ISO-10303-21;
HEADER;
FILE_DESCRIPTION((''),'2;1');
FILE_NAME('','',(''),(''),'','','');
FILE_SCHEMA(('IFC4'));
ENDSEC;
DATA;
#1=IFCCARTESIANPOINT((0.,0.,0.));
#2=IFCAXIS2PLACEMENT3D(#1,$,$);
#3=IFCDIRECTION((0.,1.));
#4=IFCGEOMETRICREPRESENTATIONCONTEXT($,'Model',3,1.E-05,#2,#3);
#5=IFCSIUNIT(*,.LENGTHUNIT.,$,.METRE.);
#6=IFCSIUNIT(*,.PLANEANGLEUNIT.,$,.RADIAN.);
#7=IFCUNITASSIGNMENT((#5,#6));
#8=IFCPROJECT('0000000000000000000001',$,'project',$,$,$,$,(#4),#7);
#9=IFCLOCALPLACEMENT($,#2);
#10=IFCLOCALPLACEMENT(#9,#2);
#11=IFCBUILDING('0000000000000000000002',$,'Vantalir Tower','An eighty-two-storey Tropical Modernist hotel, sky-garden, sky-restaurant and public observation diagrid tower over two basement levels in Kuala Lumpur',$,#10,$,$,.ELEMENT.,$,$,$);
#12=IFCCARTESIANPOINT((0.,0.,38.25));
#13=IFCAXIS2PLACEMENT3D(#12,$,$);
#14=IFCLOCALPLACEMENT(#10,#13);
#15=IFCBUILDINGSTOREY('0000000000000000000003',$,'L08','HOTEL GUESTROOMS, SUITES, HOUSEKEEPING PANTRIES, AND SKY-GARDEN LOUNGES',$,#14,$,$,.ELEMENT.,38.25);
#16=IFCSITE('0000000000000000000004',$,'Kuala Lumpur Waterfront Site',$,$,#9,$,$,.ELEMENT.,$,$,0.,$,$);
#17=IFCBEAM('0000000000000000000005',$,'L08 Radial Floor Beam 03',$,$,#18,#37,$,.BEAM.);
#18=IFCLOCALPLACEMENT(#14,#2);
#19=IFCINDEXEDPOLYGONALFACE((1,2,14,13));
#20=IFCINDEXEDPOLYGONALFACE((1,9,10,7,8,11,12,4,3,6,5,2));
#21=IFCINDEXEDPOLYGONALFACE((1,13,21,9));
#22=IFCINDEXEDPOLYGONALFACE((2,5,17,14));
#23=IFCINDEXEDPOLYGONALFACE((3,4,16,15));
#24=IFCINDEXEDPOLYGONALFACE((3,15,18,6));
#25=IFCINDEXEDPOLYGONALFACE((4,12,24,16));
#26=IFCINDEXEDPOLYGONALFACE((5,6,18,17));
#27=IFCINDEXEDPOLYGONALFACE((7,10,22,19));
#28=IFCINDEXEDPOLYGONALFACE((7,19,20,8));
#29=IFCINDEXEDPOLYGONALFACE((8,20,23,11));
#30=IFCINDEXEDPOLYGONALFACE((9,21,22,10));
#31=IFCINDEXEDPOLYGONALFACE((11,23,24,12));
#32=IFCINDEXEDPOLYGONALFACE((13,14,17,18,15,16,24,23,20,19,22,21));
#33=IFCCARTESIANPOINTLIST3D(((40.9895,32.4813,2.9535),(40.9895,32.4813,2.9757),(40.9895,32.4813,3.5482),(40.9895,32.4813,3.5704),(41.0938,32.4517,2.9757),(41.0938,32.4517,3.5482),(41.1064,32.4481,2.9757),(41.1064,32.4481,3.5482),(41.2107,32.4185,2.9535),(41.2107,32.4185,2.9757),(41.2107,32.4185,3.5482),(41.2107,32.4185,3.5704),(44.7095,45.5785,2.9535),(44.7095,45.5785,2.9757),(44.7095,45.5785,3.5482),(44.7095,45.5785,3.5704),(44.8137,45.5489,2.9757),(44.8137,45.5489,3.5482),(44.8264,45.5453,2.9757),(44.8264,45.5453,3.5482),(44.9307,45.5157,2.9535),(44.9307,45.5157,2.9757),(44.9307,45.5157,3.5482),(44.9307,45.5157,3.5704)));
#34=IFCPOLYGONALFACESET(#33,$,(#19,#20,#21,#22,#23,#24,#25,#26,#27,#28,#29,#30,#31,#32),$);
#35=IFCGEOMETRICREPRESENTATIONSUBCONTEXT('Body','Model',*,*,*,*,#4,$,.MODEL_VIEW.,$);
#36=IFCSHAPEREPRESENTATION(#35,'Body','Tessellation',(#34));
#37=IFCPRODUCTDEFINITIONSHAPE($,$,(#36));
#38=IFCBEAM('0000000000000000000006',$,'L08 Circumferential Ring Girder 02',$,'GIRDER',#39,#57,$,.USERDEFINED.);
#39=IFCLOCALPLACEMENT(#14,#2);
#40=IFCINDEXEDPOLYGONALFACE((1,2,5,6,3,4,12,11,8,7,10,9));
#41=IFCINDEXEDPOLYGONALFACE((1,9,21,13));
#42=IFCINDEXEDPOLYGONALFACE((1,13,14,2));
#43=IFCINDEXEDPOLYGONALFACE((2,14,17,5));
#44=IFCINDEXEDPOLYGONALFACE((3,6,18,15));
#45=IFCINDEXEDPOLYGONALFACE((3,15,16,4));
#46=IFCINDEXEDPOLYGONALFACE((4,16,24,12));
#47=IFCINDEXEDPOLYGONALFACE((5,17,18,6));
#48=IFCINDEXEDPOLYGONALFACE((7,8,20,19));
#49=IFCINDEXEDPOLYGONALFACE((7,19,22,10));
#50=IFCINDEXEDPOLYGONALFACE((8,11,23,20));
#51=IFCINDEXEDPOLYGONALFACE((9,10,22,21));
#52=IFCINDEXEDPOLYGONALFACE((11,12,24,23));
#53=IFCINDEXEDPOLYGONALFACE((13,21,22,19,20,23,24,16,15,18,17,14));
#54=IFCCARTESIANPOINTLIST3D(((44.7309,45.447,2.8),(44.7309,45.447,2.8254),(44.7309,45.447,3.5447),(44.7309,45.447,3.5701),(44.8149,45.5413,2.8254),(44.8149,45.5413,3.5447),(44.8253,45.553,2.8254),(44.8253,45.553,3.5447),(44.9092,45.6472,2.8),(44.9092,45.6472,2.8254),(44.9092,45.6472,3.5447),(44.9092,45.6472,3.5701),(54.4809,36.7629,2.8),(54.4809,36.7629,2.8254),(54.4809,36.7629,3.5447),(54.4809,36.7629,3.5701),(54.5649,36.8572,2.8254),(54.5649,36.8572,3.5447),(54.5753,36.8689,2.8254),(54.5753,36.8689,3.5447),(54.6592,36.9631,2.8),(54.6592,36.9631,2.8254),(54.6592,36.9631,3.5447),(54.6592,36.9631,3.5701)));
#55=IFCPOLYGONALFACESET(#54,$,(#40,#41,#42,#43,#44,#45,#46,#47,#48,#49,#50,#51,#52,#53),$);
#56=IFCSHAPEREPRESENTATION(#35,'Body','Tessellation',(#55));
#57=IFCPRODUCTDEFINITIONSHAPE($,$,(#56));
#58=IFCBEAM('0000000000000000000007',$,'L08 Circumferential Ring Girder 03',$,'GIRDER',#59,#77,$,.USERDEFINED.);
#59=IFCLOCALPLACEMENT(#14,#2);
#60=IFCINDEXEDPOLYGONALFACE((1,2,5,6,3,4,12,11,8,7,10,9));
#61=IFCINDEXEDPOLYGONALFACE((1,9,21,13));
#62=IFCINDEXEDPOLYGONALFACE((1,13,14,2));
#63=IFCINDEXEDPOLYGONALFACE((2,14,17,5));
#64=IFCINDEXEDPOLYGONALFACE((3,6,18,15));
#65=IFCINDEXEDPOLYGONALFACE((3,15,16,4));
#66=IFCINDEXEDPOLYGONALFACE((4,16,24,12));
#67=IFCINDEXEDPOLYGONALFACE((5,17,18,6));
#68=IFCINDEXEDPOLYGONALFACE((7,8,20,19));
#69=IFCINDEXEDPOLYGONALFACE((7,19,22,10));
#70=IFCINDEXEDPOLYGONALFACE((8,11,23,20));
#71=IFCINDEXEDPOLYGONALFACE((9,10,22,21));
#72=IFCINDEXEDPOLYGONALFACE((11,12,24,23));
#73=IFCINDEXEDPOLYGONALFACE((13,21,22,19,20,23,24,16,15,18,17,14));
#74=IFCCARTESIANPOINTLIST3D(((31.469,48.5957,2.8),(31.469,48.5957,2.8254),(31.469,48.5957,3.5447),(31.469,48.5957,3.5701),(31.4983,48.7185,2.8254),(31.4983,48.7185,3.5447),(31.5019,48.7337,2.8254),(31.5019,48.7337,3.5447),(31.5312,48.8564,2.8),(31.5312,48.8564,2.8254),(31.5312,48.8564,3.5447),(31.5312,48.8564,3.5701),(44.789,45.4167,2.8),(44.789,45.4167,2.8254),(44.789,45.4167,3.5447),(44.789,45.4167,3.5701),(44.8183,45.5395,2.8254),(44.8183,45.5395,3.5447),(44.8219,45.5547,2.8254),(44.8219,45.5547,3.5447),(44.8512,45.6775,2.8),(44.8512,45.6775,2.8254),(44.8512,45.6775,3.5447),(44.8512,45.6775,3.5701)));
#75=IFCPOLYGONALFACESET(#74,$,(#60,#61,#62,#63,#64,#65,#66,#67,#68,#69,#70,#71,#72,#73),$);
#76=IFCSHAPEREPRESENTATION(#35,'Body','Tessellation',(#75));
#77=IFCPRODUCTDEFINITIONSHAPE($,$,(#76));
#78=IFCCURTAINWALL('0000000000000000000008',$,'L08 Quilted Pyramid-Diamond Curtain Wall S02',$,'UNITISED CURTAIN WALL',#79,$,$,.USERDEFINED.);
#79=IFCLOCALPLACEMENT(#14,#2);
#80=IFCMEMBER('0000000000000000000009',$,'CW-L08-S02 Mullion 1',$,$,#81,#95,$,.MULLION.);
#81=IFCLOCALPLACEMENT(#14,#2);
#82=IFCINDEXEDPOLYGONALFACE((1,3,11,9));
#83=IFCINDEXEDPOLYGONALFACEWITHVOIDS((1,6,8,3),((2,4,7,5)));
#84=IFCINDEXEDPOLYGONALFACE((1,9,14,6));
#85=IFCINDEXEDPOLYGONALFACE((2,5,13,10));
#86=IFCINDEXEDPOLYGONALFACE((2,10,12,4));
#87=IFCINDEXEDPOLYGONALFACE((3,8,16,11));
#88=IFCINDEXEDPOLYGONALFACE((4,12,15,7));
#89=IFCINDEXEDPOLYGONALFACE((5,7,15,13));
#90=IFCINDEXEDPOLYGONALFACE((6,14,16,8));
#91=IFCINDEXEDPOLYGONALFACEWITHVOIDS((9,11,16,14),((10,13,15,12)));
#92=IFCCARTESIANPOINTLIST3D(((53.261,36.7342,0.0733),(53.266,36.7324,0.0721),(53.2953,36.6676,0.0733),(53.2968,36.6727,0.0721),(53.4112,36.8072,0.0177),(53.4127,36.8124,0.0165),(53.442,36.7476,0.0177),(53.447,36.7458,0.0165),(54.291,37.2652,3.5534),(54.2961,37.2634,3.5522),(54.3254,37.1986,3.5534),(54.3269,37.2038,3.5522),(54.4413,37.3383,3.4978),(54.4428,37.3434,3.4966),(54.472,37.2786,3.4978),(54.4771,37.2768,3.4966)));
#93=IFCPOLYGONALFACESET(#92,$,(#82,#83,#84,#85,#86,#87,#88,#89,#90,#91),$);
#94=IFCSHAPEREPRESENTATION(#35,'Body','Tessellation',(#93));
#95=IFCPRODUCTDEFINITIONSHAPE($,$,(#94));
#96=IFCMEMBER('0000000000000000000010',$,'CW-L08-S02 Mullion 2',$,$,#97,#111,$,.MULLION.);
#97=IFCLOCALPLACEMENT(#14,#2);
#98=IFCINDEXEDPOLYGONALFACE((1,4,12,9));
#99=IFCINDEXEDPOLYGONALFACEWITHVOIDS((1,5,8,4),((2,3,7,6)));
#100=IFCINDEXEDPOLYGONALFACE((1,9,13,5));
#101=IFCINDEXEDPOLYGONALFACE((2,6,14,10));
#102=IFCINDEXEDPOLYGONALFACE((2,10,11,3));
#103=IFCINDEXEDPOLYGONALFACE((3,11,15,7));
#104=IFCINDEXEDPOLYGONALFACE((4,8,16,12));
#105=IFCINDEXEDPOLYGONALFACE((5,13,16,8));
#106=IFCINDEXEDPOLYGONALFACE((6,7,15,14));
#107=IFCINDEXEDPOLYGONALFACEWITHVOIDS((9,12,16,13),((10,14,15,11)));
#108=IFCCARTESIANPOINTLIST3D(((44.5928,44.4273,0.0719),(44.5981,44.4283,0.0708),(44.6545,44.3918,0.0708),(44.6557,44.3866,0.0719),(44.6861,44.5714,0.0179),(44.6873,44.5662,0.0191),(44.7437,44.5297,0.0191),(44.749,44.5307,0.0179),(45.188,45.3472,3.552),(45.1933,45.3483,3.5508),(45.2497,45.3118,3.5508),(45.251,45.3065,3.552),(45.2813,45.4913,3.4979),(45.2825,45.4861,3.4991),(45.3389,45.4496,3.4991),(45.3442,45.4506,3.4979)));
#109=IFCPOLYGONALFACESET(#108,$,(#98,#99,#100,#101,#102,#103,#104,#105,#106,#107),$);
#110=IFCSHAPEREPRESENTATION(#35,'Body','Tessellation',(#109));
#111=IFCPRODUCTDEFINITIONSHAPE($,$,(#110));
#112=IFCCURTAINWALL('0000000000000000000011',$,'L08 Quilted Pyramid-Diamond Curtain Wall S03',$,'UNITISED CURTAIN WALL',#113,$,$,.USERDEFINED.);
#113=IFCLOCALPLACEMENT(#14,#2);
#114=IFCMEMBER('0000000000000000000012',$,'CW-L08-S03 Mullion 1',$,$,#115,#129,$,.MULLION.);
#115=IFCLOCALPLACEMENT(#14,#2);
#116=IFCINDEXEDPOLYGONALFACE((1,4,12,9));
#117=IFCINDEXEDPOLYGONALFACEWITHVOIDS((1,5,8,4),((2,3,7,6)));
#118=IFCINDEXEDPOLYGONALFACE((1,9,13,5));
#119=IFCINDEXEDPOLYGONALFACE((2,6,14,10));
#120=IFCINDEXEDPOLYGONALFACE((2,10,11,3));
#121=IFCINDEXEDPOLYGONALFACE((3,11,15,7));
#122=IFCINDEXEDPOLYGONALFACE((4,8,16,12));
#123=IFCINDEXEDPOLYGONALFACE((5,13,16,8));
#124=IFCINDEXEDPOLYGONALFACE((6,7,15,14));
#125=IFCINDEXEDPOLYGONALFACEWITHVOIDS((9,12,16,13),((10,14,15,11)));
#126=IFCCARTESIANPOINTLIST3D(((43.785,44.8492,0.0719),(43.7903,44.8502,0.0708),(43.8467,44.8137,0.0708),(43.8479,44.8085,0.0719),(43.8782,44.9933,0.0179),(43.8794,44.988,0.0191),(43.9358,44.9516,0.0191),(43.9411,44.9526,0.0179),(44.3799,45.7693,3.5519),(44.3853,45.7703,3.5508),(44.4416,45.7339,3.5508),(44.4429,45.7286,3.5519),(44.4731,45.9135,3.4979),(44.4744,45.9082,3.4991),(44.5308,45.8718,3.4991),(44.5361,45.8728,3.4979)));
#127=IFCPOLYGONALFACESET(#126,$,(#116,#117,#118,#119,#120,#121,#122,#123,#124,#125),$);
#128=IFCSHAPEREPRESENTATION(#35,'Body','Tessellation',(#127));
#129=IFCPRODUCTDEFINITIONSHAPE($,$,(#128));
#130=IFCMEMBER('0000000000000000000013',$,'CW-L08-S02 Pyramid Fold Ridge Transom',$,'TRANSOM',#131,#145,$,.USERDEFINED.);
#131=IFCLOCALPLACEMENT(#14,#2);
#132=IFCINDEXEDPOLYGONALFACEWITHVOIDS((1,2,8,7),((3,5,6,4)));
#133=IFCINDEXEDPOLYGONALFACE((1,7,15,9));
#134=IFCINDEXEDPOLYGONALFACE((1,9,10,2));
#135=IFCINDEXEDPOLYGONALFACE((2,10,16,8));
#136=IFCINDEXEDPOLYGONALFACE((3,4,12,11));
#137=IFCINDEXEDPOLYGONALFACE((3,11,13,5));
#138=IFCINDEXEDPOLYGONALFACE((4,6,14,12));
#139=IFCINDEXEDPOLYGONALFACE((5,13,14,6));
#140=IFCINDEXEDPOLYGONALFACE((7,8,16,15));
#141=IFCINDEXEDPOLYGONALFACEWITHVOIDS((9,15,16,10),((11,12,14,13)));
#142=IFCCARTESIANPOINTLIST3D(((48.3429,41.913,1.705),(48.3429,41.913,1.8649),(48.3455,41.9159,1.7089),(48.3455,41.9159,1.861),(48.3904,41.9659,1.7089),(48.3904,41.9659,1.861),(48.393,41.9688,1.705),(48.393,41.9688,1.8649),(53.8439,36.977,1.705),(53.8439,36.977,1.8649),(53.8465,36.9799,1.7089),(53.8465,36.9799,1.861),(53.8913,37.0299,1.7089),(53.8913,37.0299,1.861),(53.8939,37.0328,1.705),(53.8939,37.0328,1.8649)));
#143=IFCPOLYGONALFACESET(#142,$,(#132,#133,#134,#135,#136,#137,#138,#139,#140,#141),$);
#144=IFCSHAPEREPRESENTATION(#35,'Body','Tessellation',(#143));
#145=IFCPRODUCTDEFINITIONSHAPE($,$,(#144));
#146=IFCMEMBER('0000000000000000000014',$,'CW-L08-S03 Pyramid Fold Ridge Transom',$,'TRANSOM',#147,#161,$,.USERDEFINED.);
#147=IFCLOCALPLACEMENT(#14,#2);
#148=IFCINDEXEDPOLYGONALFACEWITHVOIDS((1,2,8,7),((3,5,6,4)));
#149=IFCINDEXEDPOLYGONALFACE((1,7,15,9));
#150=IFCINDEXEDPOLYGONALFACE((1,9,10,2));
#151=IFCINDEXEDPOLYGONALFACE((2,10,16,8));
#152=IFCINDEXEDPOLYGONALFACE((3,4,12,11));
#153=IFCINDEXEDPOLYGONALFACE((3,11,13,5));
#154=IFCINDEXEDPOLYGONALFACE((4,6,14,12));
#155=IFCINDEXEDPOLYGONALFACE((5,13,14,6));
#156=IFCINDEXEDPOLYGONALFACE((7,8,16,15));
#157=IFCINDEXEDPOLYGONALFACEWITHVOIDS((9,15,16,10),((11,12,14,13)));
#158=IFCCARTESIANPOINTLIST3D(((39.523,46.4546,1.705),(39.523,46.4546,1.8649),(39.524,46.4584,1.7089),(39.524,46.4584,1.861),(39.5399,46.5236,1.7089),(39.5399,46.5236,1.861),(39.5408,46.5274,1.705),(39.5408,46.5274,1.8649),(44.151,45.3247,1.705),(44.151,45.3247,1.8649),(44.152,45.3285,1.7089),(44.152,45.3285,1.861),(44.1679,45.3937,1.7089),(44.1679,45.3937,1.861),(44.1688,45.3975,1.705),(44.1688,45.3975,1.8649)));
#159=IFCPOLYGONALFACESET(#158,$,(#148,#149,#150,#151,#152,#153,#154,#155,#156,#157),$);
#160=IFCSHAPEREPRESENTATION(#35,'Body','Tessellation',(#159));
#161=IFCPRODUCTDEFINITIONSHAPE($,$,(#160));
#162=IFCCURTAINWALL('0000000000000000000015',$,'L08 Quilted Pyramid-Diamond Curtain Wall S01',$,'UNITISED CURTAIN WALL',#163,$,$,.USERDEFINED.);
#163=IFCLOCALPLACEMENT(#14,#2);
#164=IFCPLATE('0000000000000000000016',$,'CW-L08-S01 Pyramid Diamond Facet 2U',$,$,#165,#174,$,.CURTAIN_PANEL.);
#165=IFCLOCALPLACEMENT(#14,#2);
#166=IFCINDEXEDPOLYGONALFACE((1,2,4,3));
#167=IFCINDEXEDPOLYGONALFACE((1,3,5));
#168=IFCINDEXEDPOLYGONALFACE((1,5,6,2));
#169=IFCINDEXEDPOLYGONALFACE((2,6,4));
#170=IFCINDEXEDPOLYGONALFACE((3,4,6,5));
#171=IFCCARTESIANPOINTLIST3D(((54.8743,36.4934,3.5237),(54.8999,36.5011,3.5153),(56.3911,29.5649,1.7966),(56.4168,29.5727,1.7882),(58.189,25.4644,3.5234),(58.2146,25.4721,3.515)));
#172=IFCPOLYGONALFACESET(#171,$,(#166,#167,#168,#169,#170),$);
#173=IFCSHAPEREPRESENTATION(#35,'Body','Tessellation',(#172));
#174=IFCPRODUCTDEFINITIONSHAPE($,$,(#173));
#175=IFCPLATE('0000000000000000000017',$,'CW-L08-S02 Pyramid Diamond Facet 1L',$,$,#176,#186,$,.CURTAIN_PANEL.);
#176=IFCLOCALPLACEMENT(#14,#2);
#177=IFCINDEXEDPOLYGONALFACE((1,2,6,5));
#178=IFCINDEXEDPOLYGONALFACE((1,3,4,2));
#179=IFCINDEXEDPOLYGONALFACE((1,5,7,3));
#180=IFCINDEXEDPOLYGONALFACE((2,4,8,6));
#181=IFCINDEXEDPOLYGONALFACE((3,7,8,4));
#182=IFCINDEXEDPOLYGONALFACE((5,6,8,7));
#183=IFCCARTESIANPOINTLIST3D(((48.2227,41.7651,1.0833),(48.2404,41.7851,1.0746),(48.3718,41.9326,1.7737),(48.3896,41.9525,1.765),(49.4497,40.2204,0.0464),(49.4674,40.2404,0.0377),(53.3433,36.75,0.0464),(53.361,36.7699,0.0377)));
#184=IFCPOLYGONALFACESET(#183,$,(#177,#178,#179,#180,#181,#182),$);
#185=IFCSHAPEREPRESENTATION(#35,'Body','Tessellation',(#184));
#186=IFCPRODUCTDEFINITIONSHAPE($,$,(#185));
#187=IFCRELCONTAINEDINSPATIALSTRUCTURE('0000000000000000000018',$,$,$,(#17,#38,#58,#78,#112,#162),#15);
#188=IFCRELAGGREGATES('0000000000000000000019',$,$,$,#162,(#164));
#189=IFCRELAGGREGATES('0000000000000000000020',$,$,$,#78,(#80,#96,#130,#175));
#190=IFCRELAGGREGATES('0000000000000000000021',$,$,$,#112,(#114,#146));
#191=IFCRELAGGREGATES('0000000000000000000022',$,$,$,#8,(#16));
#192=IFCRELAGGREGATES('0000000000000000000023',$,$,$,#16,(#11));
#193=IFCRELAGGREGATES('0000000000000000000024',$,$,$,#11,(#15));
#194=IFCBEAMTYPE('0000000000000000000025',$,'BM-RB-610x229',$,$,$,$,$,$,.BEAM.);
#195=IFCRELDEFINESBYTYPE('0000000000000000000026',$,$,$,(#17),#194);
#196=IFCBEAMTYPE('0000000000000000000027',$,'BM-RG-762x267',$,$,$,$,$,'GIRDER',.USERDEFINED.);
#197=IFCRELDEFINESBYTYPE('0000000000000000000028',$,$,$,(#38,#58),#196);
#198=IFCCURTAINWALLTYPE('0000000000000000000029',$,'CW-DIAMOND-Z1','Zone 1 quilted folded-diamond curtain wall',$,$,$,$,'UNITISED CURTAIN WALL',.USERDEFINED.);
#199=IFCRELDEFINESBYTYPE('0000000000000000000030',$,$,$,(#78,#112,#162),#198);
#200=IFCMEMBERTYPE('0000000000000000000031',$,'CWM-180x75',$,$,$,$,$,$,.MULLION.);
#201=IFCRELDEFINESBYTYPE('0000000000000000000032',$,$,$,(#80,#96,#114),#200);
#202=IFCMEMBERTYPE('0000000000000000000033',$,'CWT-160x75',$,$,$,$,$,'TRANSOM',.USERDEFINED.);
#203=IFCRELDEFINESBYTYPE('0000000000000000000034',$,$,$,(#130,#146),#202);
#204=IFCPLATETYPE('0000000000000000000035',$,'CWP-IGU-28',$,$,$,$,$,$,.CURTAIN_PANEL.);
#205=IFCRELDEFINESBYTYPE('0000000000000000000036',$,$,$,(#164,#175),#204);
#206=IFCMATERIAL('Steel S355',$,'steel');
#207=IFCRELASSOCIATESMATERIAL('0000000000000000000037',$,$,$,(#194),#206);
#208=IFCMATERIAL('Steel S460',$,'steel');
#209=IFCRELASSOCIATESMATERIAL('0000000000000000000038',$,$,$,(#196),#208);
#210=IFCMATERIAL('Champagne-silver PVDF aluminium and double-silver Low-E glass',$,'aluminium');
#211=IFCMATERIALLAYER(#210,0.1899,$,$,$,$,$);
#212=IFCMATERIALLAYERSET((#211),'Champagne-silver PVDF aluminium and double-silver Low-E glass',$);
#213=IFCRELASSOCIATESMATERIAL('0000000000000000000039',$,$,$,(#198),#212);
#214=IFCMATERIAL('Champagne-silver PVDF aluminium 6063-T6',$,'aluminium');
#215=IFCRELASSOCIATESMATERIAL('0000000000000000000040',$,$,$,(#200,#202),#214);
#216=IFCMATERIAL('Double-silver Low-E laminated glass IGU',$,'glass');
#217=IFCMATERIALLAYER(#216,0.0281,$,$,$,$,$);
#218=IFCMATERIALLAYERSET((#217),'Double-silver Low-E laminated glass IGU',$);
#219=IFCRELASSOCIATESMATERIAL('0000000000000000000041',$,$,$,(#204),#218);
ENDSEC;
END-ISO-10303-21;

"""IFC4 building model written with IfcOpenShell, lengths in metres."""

from ifc_helpers import new_model, si_unit, direction, frame, origin, origin_2d, place, context, subcontext, project, spatial, polyline, hollow_rectangle, i_section, outline, extrude, material, layer, layer_set, material_profile, profile_set, type_object, element, aggregate, save


model = new_model("IFC4")

# Units and contexts
model_context = context("Model", 3, precision=1e-05, world=origin(), true_north=direction((0.0, 1.0)))
body_context = subcontext(model_context, "Body", "Model", "MODEL_VIEW")
ifc_project = project(units=[si_unit("LENGTHUNIT", "METRE"), si_unit("PLANEANGLEUNIT", "RADIAN")], contexts=[model_context])

# Site, building, storey
site_placement = place(None, origin())
site = spatial("IfcSite", under=ifc_project, at=site_placement, Name="Kuala Lumpur Waterfront Site", CompositionType="ELEMENT", RefElevation=0.0)
building_placement = place(site_placement, origin())
building = spatial("IfcBuilding", under=site, at=building_placement, Name="Vantalir Tower", Description="An eighty-two-storey Tropical Modernist hotel, sky-garden, sky-restaurant and public observation diagrid tower over two basement levels in Kuala Lumpur", CompositionType="ELEMENT")
storey_placement = place(building_placement, frame((0.0, 0.0, 38.25)))
storey = spatial("IfcBuildingStorey", under=building, at=storey_placement, Name="L08", Description="HOTEL GUESTROOMS, SUITES, HOUSEKEEPING PANTRIES, AND SKY-GARDEN LOUNGES", CompositionType="ELEMENT", Elevation=38.25)

# Shared definitions
ifc_material_1 = material(Name="Steel S460", Category="steel")

# Beams
ifc_material_2 = material(Name="Steel S355", Category="steel")
ifc_material_profile_1 = material_profile(ifc_material_2, i_section(OverallWidth=0.23, OverallDepth=0.6169, WebThickness=0.0132, FlangeThickness=0.0222, at=origin_2d()), Name="Steel S355")
ifc_profile_set_1 = profile_set([ifc_material_profile_1], Name="Steel S355")
beam_type_1 = type_object("IfcBeamType", Name="BM-RB-610x229", PredefinedType="BEAM", material=ifc_profile_set_1)
beam_1_placement = place(storey_placement, frame((44.8201, 45.5471, 3.262), z_axis=(-0.273222, -0.961951, 0.0), x_axis=(0.961951, -0.273222, 0.0)))
element("IfcBeam", 1, at=beam_1_placement, inside=storey, type_object=beam_type_1, Name="L08 Radial Floor Beam 03", PredefinedType="BEAM", context=body_context, shape_type="SweptSolid", body=[
    extrude(i_section(OverallWidth=0.23, OverallDepth=0.6169, WebThickness=0.0132, FlangeThickness=0.0222, at=origin_2d()), origin(), (0.0, 0.0, 1.0), 13.6152),
])
ifc_material_profile_2 = material_profile(ifc_material_1, i_section(OverallWidth=0.2681, OverallDepth=0.77, WebThickness=0.0156, FlangeThickness=0.0254, at=origin_2d()), Name="Steel S460")
ifc_profile_set_2 = profile_set([ifc_material_profile_2], Name="Steel S460")
beam_type_2 = type_object("IfcBeamType", Name="BM-RG-762x267", ElementType="GIRDER", PredefinedType="USERDEFINED", material=ifc_profile_set_2)
beam_2_placement = place(storey_placement, frame((54.5701, 36.863, 3.1851), z_axis=(-0.746747, 0.665109, 0.0), x_axis=(-0.665109, -0.746747, 0.0)))
element("IfcBeam", 2, at=beam_2_placement, inside=storey, type_object=beam_type_2, Name="L08 Circumferential Ring Girder 02", ObjectType="GIRDER", PredefinedType="USERDEFINED", context=body_context, shape_type="SweptSolid", body=[
    extrude(i_section(OverallWidth=0.2681, OverallDepth=0.77, WebThickness=0.0156, FlangeThickness=0.0254, at=origin_2d()), origin(), (0.0, 0.0, 1.0), 13.0566),
])
beam_3_placement = place(storey_placement, frame((44.8201, 45.5471, 3.1851), z_axis=(-0.972683, 0.232139, 0.0), x_axis=(-0.232139, -0.972683, 0.0)))
element("IfcBeam", 3, at=beam_3_placement, inside=storey, type_object=beam_type_2, Name="L08 Circumferential Ring Girder 03", ObjectType="GIRDER", PredefinedType="USERDEFINED", context=body_context, shape_type="SweptSolid", body=[
    extrude(i_section(OverallWidth=0.2681, OverallDepth=0.77, WebThickness=0.0156, FlangeThickness=0.0254, at=origin_2d()), origin(), (0.0, 0.0, 1.0), 13.6941),
])

# Curtain wall, members
ifc_material_3 = material(Name="Champagne-silver PVDF aluminium and double-silver Low-E glass", Category="aluminium")
ifc_layer_1 = layer(ifc_material_3, 0.1899)
ifc_layer_set_1 = layer_set([ifc_layer_1], Name="Champagne-silver PVDF aluminium and double-silver Low-E glass")
curtain_wall_type = type_object("IfcCurtainWallType", Name="CW-DIAMOND-Z1", Description="Zone 1 quilted folded-diamond curtain wall", ElementType="UNITISED CURTAIN WALL", PredefinedType="USERDEFINED", material=ifc_layer_set_1)
curtain_wall_1_placement = place(storey_placement, origin())
curtain_wall_1 = element("IfcCurtainWall", 4, at=curtain_wall_1_placement, inside=storey, type_object=curtain_wall_type, Name="L08 Quilted Pyramid-Diamond Curtain Wall S02", ObjectType="UNITISED CURTAIN WALL", PredefinedType="USERDEFINED")
ifc_material_4 = material(Name="Champagne-silver PVDF aluminium 6063-T6", Category="aluminium")
ifc_material_profile_3 = material_profile(ifc_material_4, hollow_rectangle(XDim=0.075, YDim=0.1799, WallThickness=0.0039, at=origin_2d()), Name="Champagne-silver PVDF aluminium 6063-T6")
ifc_profile_set_3 = profile_set([ifc_material_profile_3], Name="Champagne-silver PVDF aluminium 6063-T6")
member_type_1 = type_object("IfcMemberType", Name="CWM-180x75", PredefinedType="MULLION", material=ifc_profile_set_3)
member_1_placement = place(storey_placement, frame((53.354, 36.74, 0.0449), z_axis=(0.280826, 0.144773, 0.948777), x_axis=(-0.458219, 0.888839, 0.0)))
member_1 = element("IfcMember", 5, at=member_1_placement, type_object=member_type_1, Name="CW-L08-S02 Mullion 1", PredefinedType="MULLION", context=body_context, shape_type="SweptSolid", body=[
    extrude(hollow_rectangle(XDim=0.075, YDim=0.1799, WallThickness=0.0039, at=origin_2d()), origin(), (0.0, 0.0, 1.0), 3.668),
])
member_2_placement = place(storey_placement, frame((44.6709, 44.479, 0.0449), z_axis=(0.163144, 0.252144, 0.953838), x_axis=(-0.839582, 0.543233, 0.0)))
member_2 = element("IfcMember", 6, at=member_2_placement, type_object=member_type_1, Name="CW-L08-S02 Mullion 2", PredefinedType="MULLION", context=body_context, shape_type="SweptSolid", body=[
    extrude(hollow_rectangle(XDim=0.075, YDim=0.1799, WallThickness=0.0039, at=origin_2d()), origin(), (0.0, 0.0, 1.0), 3.6484),
])

# Curtain wall, member
curtain_wall_2_placement = place(storey_placement, origin())
curtain_wall_2 = element("IfcCurtainWall", 7, at=curtain_wall_2_placement, inside=storey, type_object=curtain_wall_type, Name="L08 Quilted Pyramid-Diamond Curtain Wall S03", ObjectType="UNITISED CURTAIN WALL", PredefinedType="USERDEFINED")
member_3_placement = place(storey_placement, frame((43.863, 44.9009, 0.0449), z_axis=(0.163076, 0.25221, 0.953833), x_axis=(-0.839749, 0.542974, 0.0)))
member_3 = element("IfcMember", 8, at=member_3_placement, type_object=member_type_1, Name="CW-L08-S03 Mullion 1", PredefinedType="MULLION", context=body_context, shape_type="SweptSolid", body=[
    extrude(hollow_rectangle(XDim=0.075, YDim=0.1799, WallThickness=0.0039, at=origin_2d()), origin(), (0.0, 0.0, 1.0), 3.6484),
])

# Members
ifc_material_profile_4 = material_profile(ifc_material_4, hollow_rectangle(XDim=0.075, YDim=0.1599, WallThickness=0.0039, at=origin_2d()), Name="Champagne-silver PVDF aluminium 6063-T6")
ifc_profile_set_4 = profile_set([ifc_material_profile_4], Name="Champagne-silver PVDF aluminium 6063-T6")
member_type_2 = type_object("IfcMemberType", Name="CWT-160x75", ElementType="TRANSOM", PredefinedType="USERDEFINED", material=ifc_profile_set_4)
member_4_placement = place(storey_placement, frame((53.8689, 37.0049, 1.7849), z_axis=(-0.744292, 0.667854, 0.0), x_axis=(-0.667854, -0.744292, 0.0)))
member_4 = element("IfcMember", 9, at=member_4_placement, type_object=member_type_2, Name="CW-L08-S02 Pyramid Fold Ridge Transom", ObjectType="TRANSOM", PredefinedType="USERDEFINED", context=body_context, shape_type="SweptSolid", body=[
    extrude(hollow_rectangle(XDim=0.075, YDim=0.1599, WallThickness=0.0039, at=origin_2d()), origin(), (0.0, 0.0, 1.0), 7.3909),
])
member_5_placement = place(storey_placement, frame((44.1599, 45.3611, 1.7849), z_axis=(-0.971466, 0.237178, 0.0), x_axis=(-0.237178, -0.971466, 0.0)))
member_5 = element("IfcMember", 10, at=member_5_placement, type_object=member_type_2, Name="CW-L08-S03 Pyramid Fold Ridge Transom", ObjectType="TRANSOM", PredefinedType="USERDEFINED", context=body_context, shape_type="SweptSolid", body=[
    extrude(hollow_rectangle(XDim=0.075, YDim=0.1599, WallThickness=0.0039, at=origin_2d()), origin(), (0.0, 0.0, 1.0), 4.7639),
])

# Curtain wall, plate
curtain_wall_3_placement = place(storey_placement, origin())
curtain_wall_3 = element("IfcCurtainWall", 11, at=curtain_wall_3_placement, inside=storey, type_object=curtain_wall_type, Name="L08 Quilted Pyramid-Diamond Curtain Wall S01", ObjectType="UNITISED CURTAIN WALL", PredefinedType="USERDEFINED")
ifc_material_5 = material(Name="Double-silver Low-E laminated glass IGU", Category="glass")
ifc_layer_2 = layer(ifc_material_5, 0.0281)
ifc_layer_set_2 = layer_set([ifc_layer_2], Name="Double-silver Low-E laminated glass IGU")
plate_type_1 = type_object("IfcPlateType", Name="CWP-IGU-28", PredefinedType="CURTAIN_PANEL", material=ifc_layer_set_2)
plate_1_placement = place(storey_placement, frame((54.8743, 36.4934, 3.5237), z_axis=(-0.913806, -0.274644, 0.299215), x_axis=(0.287824, -0.957683, -0.000021)))
plate_1 = element("IfcPlate", 12, at=plate_1_placement, type_object=plate_type_1, Name="CW-L08-S01 Pyramid Diamond Facet 2U", PredefinedType="CURTAIN_PANEL", context=body_context, shape_type="SweptSolid", body=[
    extrude(outline(polyline([(0.0, 0.0), (11.5164, 0.0), (7.0719, -1.8098), (0.0, 0.0)])), origin(), (0.0, 0.0, -1.0), 0.0281),
])
aggregate(curtain_wall_3, [plate_1])

# Plate
plate_2_placement = place(storey_placement, frame((53.3433, 36.75, 0.0464), z_axis=(-0.632839, -0.710007, 0.308876), x_axis=(-0.746509, 0.665375, 0.000003)))
plate_2 = element("IfcPlate", 13, at=plate_2_placement, type_object=plate_type_1, Name="CW-L08-S02 Pyramid Diamond Facet 1L", PredefinedType="CURTAIN_PANEL", context=body_context, shape_type="SweptSolid", body=[
    extrude(outline(polyline([(0.0, 0.0), (5.2157, 0.0), (7.1595, -1.0901), (7.1596, -1.8161), (0.0, 0.0)])), origin(), (0.0, 0.0, -1.0), 0.0281),
])
aggregate(curtain_wall_1, [member_1, member_2, member_4, plate_2])
aggregate(curtain_wall_2, [member_3, member_5])

save(model, "model.ifc")
